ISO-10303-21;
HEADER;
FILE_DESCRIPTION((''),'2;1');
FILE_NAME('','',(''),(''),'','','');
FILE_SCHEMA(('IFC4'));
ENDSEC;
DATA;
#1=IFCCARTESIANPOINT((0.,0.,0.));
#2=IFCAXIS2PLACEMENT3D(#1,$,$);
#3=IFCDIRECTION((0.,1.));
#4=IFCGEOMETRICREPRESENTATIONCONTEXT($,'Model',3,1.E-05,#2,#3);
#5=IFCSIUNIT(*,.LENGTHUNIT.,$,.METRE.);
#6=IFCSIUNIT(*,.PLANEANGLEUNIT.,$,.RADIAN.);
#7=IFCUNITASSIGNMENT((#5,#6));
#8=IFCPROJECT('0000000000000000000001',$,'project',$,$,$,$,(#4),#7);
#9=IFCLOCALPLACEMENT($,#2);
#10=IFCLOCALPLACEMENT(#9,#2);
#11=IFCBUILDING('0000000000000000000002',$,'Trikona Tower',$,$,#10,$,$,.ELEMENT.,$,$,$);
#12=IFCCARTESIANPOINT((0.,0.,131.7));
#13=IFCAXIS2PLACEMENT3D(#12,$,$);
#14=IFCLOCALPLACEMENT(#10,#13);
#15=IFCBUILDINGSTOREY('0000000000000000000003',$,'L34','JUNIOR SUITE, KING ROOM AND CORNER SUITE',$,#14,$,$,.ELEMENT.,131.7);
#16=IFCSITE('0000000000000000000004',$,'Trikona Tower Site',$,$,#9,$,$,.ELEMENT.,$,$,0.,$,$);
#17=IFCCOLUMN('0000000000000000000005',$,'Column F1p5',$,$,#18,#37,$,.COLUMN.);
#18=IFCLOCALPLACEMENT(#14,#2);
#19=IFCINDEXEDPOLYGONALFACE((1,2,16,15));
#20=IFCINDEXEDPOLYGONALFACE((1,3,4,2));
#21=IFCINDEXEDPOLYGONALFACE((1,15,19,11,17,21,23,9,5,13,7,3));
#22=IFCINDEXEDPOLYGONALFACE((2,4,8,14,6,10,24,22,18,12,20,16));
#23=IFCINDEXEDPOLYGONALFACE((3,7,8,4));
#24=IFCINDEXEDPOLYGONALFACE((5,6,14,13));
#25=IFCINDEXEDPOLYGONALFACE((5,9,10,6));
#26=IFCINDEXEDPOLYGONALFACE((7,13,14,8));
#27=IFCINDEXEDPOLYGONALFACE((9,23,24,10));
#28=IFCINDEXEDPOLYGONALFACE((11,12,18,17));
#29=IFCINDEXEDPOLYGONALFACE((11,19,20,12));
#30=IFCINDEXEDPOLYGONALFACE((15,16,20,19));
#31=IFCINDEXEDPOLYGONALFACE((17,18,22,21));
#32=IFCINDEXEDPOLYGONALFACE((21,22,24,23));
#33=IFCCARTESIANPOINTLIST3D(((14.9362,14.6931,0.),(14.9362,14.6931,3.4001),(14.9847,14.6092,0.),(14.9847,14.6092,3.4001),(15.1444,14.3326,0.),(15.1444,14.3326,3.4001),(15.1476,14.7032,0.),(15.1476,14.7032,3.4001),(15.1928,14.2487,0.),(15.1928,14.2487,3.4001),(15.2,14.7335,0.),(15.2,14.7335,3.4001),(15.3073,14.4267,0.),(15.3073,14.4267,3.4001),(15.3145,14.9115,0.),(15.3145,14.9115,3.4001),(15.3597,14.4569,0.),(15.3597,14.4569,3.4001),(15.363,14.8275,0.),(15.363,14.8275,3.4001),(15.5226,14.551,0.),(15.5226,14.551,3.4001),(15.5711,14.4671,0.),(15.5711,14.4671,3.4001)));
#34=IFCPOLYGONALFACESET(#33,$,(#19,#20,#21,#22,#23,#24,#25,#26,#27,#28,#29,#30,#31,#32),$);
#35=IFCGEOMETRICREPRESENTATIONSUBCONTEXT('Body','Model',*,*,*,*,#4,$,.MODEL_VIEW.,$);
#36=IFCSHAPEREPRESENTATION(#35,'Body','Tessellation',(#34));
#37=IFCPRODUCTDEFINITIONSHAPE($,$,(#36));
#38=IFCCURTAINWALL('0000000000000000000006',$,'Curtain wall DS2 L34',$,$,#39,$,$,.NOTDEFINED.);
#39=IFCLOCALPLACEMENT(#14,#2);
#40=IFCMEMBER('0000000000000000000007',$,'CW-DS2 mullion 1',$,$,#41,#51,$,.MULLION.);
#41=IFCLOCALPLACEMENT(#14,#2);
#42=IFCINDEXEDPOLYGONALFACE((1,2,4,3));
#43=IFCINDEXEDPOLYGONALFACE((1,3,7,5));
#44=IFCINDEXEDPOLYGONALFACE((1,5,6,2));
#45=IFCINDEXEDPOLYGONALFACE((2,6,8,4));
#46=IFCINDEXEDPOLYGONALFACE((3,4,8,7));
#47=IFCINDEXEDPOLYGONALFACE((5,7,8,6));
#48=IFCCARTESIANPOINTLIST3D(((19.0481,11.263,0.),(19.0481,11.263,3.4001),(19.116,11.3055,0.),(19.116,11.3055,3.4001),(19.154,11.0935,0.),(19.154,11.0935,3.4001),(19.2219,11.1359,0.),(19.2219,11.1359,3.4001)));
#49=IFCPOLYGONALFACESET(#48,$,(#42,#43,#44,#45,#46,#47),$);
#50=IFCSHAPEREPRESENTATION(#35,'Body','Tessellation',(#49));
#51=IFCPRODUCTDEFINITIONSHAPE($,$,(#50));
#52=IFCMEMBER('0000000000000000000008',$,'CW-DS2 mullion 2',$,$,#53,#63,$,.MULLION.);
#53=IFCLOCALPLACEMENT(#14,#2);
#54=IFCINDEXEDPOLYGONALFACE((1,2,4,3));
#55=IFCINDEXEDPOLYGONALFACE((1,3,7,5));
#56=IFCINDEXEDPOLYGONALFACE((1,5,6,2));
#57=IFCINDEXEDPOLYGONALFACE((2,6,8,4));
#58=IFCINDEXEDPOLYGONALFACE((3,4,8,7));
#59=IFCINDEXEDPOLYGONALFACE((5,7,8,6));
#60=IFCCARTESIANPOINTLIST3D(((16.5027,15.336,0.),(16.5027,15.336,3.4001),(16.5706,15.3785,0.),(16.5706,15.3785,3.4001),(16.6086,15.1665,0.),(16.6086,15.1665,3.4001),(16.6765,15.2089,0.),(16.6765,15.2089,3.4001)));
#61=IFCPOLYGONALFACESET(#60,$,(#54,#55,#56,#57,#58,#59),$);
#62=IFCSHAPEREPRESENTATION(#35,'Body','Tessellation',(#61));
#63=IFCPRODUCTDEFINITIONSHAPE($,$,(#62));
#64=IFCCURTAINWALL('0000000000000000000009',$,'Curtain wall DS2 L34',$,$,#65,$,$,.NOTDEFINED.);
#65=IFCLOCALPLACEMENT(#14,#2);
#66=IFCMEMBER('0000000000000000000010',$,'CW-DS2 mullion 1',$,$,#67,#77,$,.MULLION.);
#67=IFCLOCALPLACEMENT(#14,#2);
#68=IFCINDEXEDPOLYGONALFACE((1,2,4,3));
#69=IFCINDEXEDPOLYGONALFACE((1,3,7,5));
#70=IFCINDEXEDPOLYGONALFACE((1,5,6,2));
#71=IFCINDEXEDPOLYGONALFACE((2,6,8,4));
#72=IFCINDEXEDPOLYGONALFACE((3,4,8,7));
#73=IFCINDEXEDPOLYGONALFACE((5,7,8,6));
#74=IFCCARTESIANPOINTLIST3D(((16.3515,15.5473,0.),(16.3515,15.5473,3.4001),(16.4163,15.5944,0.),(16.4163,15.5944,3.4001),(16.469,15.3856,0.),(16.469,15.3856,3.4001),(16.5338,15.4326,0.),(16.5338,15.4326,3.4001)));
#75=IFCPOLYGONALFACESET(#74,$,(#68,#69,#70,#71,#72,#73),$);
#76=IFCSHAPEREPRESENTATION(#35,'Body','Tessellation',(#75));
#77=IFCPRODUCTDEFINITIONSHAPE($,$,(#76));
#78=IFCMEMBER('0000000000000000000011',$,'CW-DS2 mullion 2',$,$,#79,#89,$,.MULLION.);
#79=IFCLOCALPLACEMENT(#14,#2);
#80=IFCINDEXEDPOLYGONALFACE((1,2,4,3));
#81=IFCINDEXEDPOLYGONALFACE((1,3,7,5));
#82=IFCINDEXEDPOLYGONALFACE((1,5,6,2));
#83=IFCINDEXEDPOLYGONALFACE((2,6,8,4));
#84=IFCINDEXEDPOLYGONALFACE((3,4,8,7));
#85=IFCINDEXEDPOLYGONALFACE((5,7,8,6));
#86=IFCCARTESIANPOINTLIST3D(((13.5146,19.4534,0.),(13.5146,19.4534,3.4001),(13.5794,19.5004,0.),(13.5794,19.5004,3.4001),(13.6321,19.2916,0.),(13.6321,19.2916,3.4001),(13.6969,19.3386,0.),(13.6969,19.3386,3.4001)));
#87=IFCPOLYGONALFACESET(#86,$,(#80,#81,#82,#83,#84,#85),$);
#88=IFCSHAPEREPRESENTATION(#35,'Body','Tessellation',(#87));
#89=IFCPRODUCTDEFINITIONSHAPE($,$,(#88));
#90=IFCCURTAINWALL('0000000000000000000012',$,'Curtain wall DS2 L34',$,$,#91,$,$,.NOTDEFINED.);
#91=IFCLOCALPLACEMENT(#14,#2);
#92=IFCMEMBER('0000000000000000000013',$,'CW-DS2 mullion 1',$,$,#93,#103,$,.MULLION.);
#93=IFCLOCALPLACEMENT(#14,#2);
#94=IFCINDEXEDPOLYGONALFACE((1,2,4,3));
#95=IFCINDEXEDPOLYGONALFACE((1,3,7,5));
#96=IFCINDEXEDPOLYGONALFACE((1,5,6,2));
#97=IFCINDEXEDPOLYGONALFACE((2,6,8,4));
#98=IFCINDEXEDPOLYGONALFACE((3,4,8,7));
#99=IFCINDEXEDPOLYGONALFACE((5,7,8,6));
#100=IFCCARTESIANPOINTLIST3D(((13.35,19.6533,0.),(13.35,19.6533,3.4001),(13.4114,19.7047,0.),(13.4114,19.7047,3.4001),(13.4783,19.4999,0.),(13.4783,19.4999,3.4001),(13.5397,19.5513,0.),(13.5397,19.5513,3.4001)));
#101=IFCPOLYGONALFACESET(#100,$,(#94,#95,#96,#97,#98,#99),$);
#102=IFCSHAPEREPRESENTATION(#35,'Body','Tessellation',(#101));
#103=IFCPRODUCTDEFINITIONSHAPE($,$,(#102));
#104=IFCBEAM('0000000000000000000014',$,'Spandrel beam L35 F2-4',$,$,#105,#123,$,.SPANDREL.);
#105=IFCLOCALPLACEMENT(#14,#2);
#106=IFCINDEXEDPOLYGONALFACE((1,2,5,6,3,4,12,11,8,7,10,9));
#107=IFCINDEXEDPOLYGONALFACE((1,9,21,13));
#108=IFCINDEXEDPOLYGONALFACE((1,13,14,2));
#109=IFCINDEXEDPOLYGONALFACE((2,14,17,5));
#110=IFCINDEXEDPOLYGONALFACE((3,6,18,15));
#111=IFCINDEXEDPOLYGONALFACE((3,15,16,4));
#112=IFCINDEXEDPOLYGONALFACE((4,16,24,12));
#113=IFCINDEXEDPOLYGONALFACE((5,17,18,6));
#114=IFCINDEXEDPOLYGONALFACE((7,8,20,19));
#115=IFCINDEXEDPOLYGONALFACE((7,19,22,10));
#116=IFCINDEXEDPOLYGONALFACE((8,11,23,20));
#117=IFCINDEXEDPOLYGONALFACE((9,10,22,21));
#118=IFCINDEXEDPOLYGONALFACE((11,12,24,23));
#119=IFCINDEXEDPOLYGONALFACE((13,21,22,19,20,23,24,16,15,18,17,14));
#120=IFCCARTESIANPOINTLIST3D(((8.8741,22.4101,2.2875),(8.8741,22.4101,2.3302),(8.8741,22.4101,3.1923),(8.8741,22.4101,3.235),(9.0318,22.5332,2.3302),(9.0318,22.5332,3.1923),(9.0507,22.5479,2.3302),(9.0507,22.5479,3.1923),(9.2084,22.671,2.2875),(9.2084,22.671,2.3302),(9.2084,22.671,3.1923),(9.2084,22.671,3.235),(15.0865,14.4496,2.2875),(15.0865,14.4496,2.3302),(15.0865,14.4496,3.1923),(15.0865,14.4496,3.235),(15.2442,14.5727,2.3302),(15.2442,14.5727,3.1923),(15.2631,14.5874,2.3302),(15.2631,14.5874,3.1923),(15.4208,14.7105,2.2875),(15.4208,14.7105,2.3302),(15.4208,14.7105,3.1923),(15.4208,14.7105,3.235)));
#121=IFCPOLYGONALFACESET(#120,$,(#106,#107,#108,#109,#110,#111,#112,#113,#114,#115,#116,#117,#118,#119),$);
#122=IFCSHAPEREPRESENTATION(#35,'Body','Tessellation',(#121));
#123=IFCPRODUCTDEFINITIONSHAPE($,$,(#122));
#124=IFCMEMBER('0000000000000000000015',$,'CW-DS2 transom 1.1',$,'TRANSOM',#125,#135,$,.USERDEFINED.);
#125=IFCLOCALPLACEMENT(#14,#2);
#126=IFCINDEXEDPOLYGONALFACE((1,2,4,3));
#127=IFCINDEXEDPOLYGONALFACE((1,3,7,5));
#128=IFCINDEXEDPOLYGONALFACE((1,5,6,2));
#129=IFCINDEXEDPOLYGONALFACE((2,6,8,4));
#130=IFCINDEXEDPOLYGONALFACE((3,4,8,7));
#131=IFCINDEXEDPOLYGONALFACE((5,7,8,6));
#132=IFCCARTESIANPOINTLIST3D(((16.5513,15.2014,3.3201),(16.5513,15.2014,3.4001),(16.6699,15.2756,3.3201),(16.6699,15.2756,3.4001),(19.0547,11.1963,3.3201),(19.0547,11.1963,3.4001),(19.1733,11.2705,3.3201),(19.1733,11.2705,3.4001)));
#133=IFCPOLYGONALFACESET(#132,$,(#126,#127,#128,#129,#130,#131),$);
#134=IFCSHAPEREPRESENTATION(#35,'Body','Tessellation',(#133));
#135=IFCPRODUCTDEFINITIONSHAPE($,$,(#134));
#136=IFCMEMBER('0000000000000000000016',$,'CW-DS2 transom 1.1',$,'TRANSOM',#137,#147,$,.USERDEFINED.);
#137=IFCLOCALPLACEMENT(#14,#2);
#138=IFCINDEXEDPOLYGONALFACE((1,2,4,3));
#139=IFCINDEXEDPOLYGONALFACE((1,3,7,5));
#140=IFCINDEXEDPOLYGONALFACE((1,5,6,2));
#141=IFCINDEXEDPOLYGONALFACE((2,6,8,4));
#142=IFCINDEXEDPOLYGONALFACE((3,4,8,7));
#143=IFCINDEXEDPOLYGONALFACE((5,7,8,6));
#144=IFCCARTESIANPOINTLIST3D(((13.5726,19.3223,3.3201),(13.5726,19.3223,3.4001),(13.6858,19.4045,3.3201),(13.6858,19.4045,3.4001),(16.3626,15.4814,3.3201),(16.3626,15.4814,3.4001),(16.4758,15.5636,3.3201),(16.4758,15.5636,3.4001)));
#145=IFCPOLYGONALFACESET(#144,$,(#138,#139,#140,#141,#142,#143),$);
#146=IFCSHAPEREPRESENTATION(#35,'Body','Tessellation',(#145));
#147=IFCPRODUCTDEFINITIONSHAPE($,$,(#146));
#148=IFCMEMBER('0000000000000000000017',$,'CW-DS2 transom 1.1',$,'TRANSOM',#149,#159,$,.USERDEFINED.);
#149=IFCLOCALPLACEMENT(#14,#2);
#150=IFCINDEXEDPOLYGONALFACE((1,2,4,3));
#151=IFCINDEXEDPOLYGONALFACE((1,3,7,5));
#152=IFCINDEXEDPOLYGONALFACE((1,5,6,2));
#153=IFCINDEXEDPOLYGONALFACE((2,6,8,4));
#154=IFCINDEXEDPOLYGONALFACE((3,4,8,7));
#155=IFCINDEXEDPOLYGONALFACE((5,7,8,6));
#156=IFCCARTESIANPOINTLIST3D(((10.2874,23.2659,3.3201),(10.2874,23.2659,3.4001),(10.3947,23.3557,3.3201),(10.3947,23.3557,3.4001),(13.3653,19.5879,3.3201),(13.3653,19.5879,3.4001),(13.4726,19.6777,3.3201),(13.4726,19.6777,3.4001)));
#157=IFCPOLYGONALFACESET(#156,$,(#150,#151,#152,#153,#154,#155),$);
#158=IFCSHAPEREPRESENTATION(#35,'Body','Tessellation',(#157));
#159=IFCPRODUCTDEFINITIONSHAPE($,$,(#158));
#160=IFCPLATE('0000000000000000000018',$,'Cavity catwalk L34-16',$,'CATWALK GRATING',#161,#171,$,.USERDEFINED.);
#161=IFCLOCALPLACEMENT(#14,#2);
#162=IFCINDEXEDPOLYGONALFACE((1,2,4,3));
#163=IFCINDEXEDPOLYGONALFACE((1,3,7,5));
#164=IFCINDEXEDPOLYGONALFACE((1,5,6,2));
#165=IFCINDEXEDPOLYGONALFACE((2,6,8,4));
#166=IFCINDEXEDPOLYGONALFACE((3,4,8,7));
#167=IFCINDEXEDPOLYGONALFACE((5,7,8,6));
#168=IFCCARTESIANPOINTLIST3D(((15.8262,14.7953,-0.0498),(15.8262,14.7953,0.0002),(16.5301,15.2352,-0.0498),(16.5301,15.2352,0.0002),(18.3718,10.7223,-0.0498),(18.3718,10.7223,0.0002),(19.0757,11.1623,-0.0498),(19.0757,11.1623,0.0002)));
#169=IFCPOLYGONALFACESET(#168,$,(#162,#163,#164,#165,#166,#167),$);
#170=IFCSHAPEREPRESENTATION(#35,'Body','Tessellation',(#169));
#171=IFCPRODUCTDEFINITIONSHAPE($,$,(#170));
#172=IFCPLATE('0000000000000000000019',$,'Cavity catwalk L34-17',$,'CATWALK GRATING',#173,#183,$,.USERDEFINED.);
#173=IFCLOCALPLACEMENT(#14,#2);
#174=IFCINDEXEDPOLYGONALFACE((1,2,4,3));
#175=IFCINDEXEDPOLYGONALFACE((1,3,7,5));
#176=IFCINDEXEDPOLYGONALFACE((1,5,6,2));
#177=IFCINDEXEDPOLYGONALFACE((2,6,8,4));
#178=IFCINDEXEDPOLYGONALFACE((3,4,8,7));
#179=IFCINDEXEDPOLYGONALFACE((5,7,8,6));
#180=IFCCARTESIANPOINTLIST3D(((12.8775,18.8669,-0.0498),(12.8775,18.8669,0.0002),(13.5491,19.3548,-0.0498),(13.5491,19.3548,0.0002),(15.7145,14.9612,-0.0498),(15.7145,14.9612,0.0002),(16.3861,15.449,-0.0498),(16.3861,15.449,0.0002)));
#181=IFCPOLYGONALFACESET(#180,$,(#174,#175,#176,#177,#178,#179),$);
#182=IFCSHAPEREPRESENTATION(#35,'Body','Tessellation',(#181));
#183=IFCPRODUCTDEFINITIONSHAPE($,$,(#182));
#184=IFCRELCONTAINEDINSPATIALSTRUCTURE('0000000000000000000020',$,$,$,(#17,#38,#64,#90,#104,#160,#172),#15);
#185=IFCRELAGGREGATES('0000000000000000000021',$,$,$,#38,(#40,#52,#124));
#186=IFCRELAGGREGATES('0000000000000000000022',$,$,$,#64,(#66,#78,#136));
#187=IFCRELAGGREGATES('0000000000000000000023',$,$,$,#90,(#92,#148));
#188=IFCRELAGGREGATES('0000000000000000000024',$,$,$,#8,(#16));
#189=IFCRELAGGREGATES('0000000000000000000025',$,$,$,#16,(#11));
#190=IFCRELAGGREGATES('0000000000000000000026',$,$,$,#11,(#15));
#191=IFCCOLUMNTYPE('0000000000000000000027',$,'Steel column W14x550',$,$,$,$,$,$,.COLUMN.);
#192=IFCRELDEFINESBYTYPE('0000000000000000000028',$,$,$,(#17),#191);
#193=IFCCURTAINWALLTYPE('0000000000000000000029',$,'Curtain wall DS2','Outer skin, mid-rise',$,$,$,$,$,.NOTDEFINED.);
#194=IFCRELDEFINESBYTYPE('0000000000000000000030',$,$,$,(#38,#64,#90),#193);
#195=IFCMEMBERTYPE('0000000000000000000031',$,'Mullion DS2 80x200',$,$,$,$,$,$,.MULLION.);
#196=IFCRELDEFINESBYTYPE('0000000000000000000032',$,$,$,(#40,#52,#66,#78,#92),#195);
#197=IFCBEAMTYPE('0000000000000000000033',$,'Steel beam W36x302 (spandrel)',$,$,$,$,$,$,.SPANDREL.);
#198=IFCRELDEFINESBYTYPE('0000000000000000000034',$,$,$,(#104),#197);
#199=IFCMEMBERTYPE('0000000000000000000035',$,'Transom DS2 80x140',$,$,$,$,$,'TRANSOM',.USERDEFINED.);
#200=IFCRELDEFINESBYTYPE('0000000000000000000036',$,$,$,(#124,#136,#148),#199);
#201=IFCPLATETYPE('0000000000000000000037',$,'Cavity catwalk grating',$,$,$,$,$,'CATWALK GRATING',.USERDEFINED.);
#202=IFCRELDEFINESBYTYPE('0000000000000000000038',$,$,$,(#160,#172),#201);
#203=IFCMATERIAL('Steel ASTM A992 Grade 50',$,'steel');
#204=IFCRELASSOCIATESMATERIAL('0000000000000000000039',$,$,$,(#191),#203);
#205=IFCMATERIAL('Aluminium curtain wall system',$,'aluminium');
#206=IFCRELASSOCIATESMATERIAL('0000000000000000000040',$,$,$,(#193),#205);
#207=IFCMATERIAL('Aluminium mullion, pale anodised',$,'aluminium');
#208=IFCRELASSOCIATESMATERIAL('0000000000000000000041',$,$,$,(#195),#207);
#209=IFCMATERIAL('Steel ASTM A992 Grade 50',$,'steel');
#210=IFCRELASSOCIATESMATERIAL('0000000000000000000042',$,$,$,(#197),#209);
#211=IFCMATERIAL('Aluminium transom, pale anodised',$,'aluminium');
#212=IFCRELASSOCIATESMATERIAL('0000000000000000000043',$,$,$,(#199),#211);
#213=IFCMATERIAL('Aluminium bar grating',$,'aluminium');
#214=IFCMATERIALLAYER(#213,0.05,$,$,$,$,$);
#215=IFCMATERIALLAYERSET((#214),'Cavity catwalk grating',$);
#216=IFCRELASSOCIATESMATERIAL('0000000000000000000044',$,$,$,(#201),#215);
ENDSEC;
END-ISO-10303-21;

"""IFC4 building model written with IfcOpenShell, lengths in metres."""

from ifc_helpers import new_model, si_unit, direction, frame, origin, origin_2d, place, context, subcontext, project, spatial, rectangle, i_section, extrude, material, layer, layer_set, material_profile, profile_set, type_object, element, aggregate, save


model = new_model("IFC4")

# Units and contexts
model_context = context("Model", 3, precision=1e-05, world=origin(), true_north=direction((0.0, 1.0)))
body_context = subcontext(model_context, "Body", "Model", "MODEL_VIEW")
ifc_project = project(units=[si_unit("LENGTHUNIT", "METRE"), si_unit("PLANEANGLEUNIT", "RADIAN")], contexts=[model_context])

# Site, building, storey
site_placement = place(None, origin())
site = spatial("IfcSite", under=ifc_project, at=site_placement, Name="Trikona Tower Site", CompositionType="ELEMENT", RefElevation=0.0)
building_placement = place(site_placement, origin())
building = spatial("IfcBuilding", under=site, at=building_placement, Name="Trikona Tower", CompositionType="ELEMENT")
storey_placement = place(building_placement, frame((0.0, 0.0, 131.7)))
storey = spatial("IfcBuildingStorey", under=building, at=storey_placement, Name="L34", Description="JUNIOR SUITE, KING ROOM AND CORNER SUITE", CompositionType="ELEMENT", Elevation=131.7)

# Column
ifc_material_1 = material(Name="Steel ASTM A992 Grade 50", Category="steel")
ifc_material_profile_1 = material_profile(ifc_material_1, i_section(OverallWidth=0.4368, OverallDepth=0.5132, WebThickness=0.0605, FlangeThickness=0.0969, at=origin_2d()), Name="W14X550")
ifc_profile_set_1 = profile_set([ifc_material_profile_1], Name="Steel ASTM A992 Grade 50")
column_type = type_object("IfcColumnType", Name="Steel column W14x550", PredefinedType="COLUMN", material=ifc_profile_set_1)
column_placement = place(storey_placement, frame((15.2537, 14.5801, 0.0), z_axis=(0.0, 0.0, 1.0), x_axis=(0.866025, 0.5, 0.0)))
element("IfcColumn", 1, at=column_placement, inside=storey, type_object=column_type, Name="Column F1p5", PredefinedType="COLUMN", context=body_context, shape_type="SweptSolid", body=[
    extrude(i_section(OverallWidth=0.4368, OverallDepth=0.5132, WebThickness=0.0605, FlangeThickness=0.0969, at=origin_2d()), origin(), (0.0, 0.0, 1.0), 3.4001),
])

# Curtain walls, members
ifc_material_2 = material(Name="Aluminium curtain wall system", Category="aluminium")
curtain_wall_type = type_object("IfcCurtainWallType", Name="Curtain wall DS2", Description="Outer skin, mid-rise", PredefinedType="NOTDEFINED", material=ifc_material_2)
curtain_wall_1_placement = place(storey_placement, origin())
curtain_wall_1 = element("IfcCurtainWall", 2, at=curtain_wall_1_placement, inside=storey, type_object=curtain_wall_type, Name="Curtain wall DS2 L34", PredefinedType="NOTDEFINED")
ifc_material_3 = material(Name="Aluminium mullion, pale anodised", Category="aluminium")
ifc_material_profile_2 = material_profile(ifc_material_3, rectangle(XDim=0.0801, YDim=0.2, at=origin_2d()), Name="MUL-DS2")
ifc_profile_set_2 = profile_set([ifc_material_profile_2], Name="Aluminium mullion, pale anodised")
member_type_1 = type_object("IfcMemberType", Name="Mullion DS2 80x200", PredefinedType="MULLION", material=ifc_profile_set_2)
member_1_placement = place(storey_placement, frame((19.135, 11.1995, 0.0), z_axis=(0.0, 0.0, 1.0), x_axis=(-0.847998, -0.529999, 0.0)))
member_1 = element("IfcMember", 3, at=member_1_placement, type_object=member_type_1, Name="CW-DS2 mullion 1", PredefinedType="MULLION", context=body_context, shape_type="SweptSolid", body=[
    extrude(rectangle(XDim=0.0801, YDim=0.2, at=origin_2d()), origin(), (0.0, 0.0, 1.0), 3.4001),
])
member_2_placement = place(storey_placement, frame((16.5896, 15.2725, 0.0), z_axis=(0.0, 0.0, 1.0), x_axis=(-0.847998, -0.529999, 0.0)))
member_2 = element("IfcMember", 4, at=member_2_placement, type_object=member_type_1, Name="CW-DS2 mullion 2", PredefinedType="MULLION", context=body_context, shape_type="SweptSolid", body=[
    extrude(rectangle(XDim=0.0801, YDim=0.2, at=origin_2d()), origin(), (0.0, 0.0, 1.0), 3.4001),
])
curtain_wall_2_placement = place(storey_placement, origin())
curtain_wall_2 = element("IfcCurtainWall", 5, at=curtain_wall_2_placement, inside=storey, type_object=curtain_wall_type, Name="Curtain wall DS2 L34", PredefinedType="NOTDEFINED")
member_3_placement = place(storey_placement, frame((16.4426, 15.49, 0.0), z_axis=(0.0, 0.0, 1.0), x_axis=(-0.809086, -0.587691, 0.0)))
member_3 = element("IfcMember", 6, at=member_3_placement, type_object=member_type_1, Name="CW-DS2 mullion 1", PredefinedType="MULLION", context=body_context, shape_type="SweptSolid", body=[
    extrude(rectangle(XDim=0.0801, YDim=0.2, at=origin_2d()), origin(), (0.0, 0.0, 1.0), 3.4001),
])
member_4_placement = place(storey_placement, frame((13.6057, 19.396, 0.0), z_axis=(0.0, 0.0, 1.0), x_axis=(-0.809086, -0.587691, 0.0)))
member_4 = element("IfcMember", 7, at=member_4_placement, type_object=member_type_1, Name="CW-DS2 mullion 2", PredefinedType="MULLION", context=body_context, shape_type="SweptSolid", body=[
    extrude(rectangle(XDim=0.0801, YDim=0.2, at=origin_2d()), origin(), (0.0, 0.0, 1.0), 3.4001),
])

# Curtain wall, member
curtain_wall_3_placement = place(storey_placement, origin())
curtain_wall_3 = element("IfcCurtainWall", 8, at=curtain_wall_3_placement, inside=storey, type_object=curtain_wall_type, Name="Curtain wall DS2 L34", PredefinedType="NOTDEFINED")
member_5_placement = place(storey_placement, frame((13.4448, 19.6023, 0.0), z_axis=(0.0, 0.0, 1.0), x_axis=(-0.766867, -0.641806, 0.0)))
member_5 = element("IfcMember", 9, at=member_5_placement, type_object=member_type_1, Name="CW-DS2 mullion 1", PredefinedType="MULLION", context=body_context, shape_type="SweptSolid", body=[
    extrude(rectangle(XDim=0.0801, YDim=0.2, at=origin_2d()), origin(), (0.0, 0.0, 1.0), 3.4001),
])

# Beam
ifc_material_4 = material(Name="Steel ASTM A992 Grade 50", Category="steel")
ifc_material_profile_3 = material_profile(ifc_material_4, i_section(OverallWidth=0.4241, OverallDepth=0.9475, WebThickness=0.0239, FlangeThickness=0.0427, at=origin_2d()), Name="W36X302")
ifc_profile_set_3 = profile_set([ifc_material_profile_3], Name="Steel ASTM A992 Grade 50")
beam_type = type_object("IfcBeamType", Name="Steel beam W36x302 (spandrel)", PredefinedType="SPANDREL", material=ifc_profile_set_3)
beam_placement = place(storey_placement, frame((15.2537, 14.5801, 2.7612), z_axis=(-0.615232, 0.788346, 0.0), x_axis=(-0.788346, -0.615232, 0.0)))
element("IfcBeam", 10, at=beam_placement, inside=storey, type_object=beam_type, Name="Spandrel beam L35 F2-4", PredefinedType="SPANDREL", context=body_context, shape_type="SweptSolid", body=[
    extrude(i_section(OverallWidth=0.4241, OverallDepth=0.9475, WebThickness=0.0239, FlangeThickness=0.0427, at=origin_2d()), origin(), (0.0, 0.0, 1.0), 10.0977),
])

# Members
ifc_material_5 = material(Name="Aluminium transom, pale anodised", Category="aluminium")
ifc_material_profile_4 = material_profile(ifc_material_5, rectangle(XDim=0.1399, YDim=0.0801, at=origin_2d()), Name="TRN-DS2")
ifc_profile_set_4 = profile_set([ifc_material_profile_4], Name="Aluminium transom, pale anodised")
member_type_2 = type_object("IfcMemberType", Name="Transom DS2 80x140", ElementType="TRANSOM", PredefinedType="USERDEFINED", material=ifc_profile_set_4)
member_6_placement = place(storey_placement, frame((19.114, 11.2334, 3.3601), z_axis=(-0.530031, 0.847978, 0.0), x_axis=(-0.847978, -0.530031, 0.0)))
member_6 = element("IfcMember", 11, at=member_6_placement, type_object=member_type_2, Name="CW-DS2 transom 1.1", ObjectType="TRANSOM", PredefinedType="USERDEFINED", context=body_context, shape_type="SweptSolid", body=[
    extrude(rectangle(XDim=0.1399, YDim=0.0801, at=origin_2d()), origin(), (0.0, 0.0, 1.0), 4.7231),
])
member_7_placement = place(storey_placement, frame((16.4192, 15.5225, 3.3601), z_axis=(-0.587695, 0.809083, 0.0), x_axis=(-0.809083, -0.587695, 0.0)))
member_7 = element("IfcMember", 12, at=member_7_placement, type_object=member_type_2, Name="CW-DS2 transom 1.1", ObjectType="TRANSOM", PredefinedType="USERDEFINED", context=body_context, shape_type="SweptSolid", body=[
    extrude(rectangle(XDim=0.1399, YDim=0.0801, at=origin_2d()), origin(), (0.0, 0.0, 1.0), 4.7473),
])
member_8_placement = place(storey_placement, frame((13.4189, 19.6328, 3.3601), z_axis=(-0.64177, 0.766897, 0.0), x_axis=(-0.766897, -0.64177, 0.0)))
member_8 = element("IfcMember", 13, at=member_8_placement, type_object=member_type_2, Name="CW-DS2 transom 1.1", ObjectType="TRANSOM", PredefinedType="USERDEFINED", context=body_context, shape_type="SweptSolid", body=[
    extrude(rectangle(XDim=0.1399, YDim=0.0801, at=origin_2d()), origin(), (0.0, 0.0, 1.0), 4.7959),
])

# Plates
ifc_material_6 = material(Name="Aluminium bar grating", Category="aluminium")
ifc_layer_1 = layer(ifc_material_6, 0.05)
ifc_layer_set_1 = layer_set([ifc_layer_1], Name="Cavity catwalk grating")
plate_type_1 = type_object("IfcPlateType", Name="Cavity catwalk grating", ElementType="CATWALK GRATING", PredefinedType="USERDEFINED", material=ifc_layer_set_1)
plate_1_placement = place(storey_placement, frame((17.4509, 12.9788, -0.0498), z_axis=(0.0, 0.0, 1.0), x_axis=(-0.529995, 0.848001, 0.0)))
element("IfcPlate", 14, at=plate_1_placement, inside=storey, type_object=plate_type_1, Name="Cavity catwalk L34-16", ObjectType="CATWALK GRATING", PredefinedType="USERDEFINED", context=body_context, shape_type="SweptSolid", body=[
    extrude(rectangle(XDim=4.803, YDim=0.8301, at=origin_2d()), origin(), (0.0, 0.0, 1.0), 0.05),
])
plate_2_placement = place(storey_placement, frame((14.6318, 17.158, -0.0498), z_axis=(0.0, 0.0, 1.0), x_axis=(-0.587686, 0.809089, 0.0)))
element("IfcPlate", 15, at=plate_2_placement, inside=storey, type_object=plate_type_1, Name="Cavity catwalk L34-17", ObjectType="CATWALK GRATING", PredefinedType="USERDEFINED", context=body_context, shape_type="SweptSolid", body=[
    extrude(rectangle(XDim=4.8274, YDim=0.8301, at=origin_2d()), origin(), (0.0, 0.0, 1.0), 0.05),
])

aggregate(curtain_wall_1, [member_1, member_2, member_6])
aggregate(curtain_wall_2, [member_3, member_4, member_7])
aggregate(curtain_wall_3, [member_5, member_8])

save(model, "model.ifc")
